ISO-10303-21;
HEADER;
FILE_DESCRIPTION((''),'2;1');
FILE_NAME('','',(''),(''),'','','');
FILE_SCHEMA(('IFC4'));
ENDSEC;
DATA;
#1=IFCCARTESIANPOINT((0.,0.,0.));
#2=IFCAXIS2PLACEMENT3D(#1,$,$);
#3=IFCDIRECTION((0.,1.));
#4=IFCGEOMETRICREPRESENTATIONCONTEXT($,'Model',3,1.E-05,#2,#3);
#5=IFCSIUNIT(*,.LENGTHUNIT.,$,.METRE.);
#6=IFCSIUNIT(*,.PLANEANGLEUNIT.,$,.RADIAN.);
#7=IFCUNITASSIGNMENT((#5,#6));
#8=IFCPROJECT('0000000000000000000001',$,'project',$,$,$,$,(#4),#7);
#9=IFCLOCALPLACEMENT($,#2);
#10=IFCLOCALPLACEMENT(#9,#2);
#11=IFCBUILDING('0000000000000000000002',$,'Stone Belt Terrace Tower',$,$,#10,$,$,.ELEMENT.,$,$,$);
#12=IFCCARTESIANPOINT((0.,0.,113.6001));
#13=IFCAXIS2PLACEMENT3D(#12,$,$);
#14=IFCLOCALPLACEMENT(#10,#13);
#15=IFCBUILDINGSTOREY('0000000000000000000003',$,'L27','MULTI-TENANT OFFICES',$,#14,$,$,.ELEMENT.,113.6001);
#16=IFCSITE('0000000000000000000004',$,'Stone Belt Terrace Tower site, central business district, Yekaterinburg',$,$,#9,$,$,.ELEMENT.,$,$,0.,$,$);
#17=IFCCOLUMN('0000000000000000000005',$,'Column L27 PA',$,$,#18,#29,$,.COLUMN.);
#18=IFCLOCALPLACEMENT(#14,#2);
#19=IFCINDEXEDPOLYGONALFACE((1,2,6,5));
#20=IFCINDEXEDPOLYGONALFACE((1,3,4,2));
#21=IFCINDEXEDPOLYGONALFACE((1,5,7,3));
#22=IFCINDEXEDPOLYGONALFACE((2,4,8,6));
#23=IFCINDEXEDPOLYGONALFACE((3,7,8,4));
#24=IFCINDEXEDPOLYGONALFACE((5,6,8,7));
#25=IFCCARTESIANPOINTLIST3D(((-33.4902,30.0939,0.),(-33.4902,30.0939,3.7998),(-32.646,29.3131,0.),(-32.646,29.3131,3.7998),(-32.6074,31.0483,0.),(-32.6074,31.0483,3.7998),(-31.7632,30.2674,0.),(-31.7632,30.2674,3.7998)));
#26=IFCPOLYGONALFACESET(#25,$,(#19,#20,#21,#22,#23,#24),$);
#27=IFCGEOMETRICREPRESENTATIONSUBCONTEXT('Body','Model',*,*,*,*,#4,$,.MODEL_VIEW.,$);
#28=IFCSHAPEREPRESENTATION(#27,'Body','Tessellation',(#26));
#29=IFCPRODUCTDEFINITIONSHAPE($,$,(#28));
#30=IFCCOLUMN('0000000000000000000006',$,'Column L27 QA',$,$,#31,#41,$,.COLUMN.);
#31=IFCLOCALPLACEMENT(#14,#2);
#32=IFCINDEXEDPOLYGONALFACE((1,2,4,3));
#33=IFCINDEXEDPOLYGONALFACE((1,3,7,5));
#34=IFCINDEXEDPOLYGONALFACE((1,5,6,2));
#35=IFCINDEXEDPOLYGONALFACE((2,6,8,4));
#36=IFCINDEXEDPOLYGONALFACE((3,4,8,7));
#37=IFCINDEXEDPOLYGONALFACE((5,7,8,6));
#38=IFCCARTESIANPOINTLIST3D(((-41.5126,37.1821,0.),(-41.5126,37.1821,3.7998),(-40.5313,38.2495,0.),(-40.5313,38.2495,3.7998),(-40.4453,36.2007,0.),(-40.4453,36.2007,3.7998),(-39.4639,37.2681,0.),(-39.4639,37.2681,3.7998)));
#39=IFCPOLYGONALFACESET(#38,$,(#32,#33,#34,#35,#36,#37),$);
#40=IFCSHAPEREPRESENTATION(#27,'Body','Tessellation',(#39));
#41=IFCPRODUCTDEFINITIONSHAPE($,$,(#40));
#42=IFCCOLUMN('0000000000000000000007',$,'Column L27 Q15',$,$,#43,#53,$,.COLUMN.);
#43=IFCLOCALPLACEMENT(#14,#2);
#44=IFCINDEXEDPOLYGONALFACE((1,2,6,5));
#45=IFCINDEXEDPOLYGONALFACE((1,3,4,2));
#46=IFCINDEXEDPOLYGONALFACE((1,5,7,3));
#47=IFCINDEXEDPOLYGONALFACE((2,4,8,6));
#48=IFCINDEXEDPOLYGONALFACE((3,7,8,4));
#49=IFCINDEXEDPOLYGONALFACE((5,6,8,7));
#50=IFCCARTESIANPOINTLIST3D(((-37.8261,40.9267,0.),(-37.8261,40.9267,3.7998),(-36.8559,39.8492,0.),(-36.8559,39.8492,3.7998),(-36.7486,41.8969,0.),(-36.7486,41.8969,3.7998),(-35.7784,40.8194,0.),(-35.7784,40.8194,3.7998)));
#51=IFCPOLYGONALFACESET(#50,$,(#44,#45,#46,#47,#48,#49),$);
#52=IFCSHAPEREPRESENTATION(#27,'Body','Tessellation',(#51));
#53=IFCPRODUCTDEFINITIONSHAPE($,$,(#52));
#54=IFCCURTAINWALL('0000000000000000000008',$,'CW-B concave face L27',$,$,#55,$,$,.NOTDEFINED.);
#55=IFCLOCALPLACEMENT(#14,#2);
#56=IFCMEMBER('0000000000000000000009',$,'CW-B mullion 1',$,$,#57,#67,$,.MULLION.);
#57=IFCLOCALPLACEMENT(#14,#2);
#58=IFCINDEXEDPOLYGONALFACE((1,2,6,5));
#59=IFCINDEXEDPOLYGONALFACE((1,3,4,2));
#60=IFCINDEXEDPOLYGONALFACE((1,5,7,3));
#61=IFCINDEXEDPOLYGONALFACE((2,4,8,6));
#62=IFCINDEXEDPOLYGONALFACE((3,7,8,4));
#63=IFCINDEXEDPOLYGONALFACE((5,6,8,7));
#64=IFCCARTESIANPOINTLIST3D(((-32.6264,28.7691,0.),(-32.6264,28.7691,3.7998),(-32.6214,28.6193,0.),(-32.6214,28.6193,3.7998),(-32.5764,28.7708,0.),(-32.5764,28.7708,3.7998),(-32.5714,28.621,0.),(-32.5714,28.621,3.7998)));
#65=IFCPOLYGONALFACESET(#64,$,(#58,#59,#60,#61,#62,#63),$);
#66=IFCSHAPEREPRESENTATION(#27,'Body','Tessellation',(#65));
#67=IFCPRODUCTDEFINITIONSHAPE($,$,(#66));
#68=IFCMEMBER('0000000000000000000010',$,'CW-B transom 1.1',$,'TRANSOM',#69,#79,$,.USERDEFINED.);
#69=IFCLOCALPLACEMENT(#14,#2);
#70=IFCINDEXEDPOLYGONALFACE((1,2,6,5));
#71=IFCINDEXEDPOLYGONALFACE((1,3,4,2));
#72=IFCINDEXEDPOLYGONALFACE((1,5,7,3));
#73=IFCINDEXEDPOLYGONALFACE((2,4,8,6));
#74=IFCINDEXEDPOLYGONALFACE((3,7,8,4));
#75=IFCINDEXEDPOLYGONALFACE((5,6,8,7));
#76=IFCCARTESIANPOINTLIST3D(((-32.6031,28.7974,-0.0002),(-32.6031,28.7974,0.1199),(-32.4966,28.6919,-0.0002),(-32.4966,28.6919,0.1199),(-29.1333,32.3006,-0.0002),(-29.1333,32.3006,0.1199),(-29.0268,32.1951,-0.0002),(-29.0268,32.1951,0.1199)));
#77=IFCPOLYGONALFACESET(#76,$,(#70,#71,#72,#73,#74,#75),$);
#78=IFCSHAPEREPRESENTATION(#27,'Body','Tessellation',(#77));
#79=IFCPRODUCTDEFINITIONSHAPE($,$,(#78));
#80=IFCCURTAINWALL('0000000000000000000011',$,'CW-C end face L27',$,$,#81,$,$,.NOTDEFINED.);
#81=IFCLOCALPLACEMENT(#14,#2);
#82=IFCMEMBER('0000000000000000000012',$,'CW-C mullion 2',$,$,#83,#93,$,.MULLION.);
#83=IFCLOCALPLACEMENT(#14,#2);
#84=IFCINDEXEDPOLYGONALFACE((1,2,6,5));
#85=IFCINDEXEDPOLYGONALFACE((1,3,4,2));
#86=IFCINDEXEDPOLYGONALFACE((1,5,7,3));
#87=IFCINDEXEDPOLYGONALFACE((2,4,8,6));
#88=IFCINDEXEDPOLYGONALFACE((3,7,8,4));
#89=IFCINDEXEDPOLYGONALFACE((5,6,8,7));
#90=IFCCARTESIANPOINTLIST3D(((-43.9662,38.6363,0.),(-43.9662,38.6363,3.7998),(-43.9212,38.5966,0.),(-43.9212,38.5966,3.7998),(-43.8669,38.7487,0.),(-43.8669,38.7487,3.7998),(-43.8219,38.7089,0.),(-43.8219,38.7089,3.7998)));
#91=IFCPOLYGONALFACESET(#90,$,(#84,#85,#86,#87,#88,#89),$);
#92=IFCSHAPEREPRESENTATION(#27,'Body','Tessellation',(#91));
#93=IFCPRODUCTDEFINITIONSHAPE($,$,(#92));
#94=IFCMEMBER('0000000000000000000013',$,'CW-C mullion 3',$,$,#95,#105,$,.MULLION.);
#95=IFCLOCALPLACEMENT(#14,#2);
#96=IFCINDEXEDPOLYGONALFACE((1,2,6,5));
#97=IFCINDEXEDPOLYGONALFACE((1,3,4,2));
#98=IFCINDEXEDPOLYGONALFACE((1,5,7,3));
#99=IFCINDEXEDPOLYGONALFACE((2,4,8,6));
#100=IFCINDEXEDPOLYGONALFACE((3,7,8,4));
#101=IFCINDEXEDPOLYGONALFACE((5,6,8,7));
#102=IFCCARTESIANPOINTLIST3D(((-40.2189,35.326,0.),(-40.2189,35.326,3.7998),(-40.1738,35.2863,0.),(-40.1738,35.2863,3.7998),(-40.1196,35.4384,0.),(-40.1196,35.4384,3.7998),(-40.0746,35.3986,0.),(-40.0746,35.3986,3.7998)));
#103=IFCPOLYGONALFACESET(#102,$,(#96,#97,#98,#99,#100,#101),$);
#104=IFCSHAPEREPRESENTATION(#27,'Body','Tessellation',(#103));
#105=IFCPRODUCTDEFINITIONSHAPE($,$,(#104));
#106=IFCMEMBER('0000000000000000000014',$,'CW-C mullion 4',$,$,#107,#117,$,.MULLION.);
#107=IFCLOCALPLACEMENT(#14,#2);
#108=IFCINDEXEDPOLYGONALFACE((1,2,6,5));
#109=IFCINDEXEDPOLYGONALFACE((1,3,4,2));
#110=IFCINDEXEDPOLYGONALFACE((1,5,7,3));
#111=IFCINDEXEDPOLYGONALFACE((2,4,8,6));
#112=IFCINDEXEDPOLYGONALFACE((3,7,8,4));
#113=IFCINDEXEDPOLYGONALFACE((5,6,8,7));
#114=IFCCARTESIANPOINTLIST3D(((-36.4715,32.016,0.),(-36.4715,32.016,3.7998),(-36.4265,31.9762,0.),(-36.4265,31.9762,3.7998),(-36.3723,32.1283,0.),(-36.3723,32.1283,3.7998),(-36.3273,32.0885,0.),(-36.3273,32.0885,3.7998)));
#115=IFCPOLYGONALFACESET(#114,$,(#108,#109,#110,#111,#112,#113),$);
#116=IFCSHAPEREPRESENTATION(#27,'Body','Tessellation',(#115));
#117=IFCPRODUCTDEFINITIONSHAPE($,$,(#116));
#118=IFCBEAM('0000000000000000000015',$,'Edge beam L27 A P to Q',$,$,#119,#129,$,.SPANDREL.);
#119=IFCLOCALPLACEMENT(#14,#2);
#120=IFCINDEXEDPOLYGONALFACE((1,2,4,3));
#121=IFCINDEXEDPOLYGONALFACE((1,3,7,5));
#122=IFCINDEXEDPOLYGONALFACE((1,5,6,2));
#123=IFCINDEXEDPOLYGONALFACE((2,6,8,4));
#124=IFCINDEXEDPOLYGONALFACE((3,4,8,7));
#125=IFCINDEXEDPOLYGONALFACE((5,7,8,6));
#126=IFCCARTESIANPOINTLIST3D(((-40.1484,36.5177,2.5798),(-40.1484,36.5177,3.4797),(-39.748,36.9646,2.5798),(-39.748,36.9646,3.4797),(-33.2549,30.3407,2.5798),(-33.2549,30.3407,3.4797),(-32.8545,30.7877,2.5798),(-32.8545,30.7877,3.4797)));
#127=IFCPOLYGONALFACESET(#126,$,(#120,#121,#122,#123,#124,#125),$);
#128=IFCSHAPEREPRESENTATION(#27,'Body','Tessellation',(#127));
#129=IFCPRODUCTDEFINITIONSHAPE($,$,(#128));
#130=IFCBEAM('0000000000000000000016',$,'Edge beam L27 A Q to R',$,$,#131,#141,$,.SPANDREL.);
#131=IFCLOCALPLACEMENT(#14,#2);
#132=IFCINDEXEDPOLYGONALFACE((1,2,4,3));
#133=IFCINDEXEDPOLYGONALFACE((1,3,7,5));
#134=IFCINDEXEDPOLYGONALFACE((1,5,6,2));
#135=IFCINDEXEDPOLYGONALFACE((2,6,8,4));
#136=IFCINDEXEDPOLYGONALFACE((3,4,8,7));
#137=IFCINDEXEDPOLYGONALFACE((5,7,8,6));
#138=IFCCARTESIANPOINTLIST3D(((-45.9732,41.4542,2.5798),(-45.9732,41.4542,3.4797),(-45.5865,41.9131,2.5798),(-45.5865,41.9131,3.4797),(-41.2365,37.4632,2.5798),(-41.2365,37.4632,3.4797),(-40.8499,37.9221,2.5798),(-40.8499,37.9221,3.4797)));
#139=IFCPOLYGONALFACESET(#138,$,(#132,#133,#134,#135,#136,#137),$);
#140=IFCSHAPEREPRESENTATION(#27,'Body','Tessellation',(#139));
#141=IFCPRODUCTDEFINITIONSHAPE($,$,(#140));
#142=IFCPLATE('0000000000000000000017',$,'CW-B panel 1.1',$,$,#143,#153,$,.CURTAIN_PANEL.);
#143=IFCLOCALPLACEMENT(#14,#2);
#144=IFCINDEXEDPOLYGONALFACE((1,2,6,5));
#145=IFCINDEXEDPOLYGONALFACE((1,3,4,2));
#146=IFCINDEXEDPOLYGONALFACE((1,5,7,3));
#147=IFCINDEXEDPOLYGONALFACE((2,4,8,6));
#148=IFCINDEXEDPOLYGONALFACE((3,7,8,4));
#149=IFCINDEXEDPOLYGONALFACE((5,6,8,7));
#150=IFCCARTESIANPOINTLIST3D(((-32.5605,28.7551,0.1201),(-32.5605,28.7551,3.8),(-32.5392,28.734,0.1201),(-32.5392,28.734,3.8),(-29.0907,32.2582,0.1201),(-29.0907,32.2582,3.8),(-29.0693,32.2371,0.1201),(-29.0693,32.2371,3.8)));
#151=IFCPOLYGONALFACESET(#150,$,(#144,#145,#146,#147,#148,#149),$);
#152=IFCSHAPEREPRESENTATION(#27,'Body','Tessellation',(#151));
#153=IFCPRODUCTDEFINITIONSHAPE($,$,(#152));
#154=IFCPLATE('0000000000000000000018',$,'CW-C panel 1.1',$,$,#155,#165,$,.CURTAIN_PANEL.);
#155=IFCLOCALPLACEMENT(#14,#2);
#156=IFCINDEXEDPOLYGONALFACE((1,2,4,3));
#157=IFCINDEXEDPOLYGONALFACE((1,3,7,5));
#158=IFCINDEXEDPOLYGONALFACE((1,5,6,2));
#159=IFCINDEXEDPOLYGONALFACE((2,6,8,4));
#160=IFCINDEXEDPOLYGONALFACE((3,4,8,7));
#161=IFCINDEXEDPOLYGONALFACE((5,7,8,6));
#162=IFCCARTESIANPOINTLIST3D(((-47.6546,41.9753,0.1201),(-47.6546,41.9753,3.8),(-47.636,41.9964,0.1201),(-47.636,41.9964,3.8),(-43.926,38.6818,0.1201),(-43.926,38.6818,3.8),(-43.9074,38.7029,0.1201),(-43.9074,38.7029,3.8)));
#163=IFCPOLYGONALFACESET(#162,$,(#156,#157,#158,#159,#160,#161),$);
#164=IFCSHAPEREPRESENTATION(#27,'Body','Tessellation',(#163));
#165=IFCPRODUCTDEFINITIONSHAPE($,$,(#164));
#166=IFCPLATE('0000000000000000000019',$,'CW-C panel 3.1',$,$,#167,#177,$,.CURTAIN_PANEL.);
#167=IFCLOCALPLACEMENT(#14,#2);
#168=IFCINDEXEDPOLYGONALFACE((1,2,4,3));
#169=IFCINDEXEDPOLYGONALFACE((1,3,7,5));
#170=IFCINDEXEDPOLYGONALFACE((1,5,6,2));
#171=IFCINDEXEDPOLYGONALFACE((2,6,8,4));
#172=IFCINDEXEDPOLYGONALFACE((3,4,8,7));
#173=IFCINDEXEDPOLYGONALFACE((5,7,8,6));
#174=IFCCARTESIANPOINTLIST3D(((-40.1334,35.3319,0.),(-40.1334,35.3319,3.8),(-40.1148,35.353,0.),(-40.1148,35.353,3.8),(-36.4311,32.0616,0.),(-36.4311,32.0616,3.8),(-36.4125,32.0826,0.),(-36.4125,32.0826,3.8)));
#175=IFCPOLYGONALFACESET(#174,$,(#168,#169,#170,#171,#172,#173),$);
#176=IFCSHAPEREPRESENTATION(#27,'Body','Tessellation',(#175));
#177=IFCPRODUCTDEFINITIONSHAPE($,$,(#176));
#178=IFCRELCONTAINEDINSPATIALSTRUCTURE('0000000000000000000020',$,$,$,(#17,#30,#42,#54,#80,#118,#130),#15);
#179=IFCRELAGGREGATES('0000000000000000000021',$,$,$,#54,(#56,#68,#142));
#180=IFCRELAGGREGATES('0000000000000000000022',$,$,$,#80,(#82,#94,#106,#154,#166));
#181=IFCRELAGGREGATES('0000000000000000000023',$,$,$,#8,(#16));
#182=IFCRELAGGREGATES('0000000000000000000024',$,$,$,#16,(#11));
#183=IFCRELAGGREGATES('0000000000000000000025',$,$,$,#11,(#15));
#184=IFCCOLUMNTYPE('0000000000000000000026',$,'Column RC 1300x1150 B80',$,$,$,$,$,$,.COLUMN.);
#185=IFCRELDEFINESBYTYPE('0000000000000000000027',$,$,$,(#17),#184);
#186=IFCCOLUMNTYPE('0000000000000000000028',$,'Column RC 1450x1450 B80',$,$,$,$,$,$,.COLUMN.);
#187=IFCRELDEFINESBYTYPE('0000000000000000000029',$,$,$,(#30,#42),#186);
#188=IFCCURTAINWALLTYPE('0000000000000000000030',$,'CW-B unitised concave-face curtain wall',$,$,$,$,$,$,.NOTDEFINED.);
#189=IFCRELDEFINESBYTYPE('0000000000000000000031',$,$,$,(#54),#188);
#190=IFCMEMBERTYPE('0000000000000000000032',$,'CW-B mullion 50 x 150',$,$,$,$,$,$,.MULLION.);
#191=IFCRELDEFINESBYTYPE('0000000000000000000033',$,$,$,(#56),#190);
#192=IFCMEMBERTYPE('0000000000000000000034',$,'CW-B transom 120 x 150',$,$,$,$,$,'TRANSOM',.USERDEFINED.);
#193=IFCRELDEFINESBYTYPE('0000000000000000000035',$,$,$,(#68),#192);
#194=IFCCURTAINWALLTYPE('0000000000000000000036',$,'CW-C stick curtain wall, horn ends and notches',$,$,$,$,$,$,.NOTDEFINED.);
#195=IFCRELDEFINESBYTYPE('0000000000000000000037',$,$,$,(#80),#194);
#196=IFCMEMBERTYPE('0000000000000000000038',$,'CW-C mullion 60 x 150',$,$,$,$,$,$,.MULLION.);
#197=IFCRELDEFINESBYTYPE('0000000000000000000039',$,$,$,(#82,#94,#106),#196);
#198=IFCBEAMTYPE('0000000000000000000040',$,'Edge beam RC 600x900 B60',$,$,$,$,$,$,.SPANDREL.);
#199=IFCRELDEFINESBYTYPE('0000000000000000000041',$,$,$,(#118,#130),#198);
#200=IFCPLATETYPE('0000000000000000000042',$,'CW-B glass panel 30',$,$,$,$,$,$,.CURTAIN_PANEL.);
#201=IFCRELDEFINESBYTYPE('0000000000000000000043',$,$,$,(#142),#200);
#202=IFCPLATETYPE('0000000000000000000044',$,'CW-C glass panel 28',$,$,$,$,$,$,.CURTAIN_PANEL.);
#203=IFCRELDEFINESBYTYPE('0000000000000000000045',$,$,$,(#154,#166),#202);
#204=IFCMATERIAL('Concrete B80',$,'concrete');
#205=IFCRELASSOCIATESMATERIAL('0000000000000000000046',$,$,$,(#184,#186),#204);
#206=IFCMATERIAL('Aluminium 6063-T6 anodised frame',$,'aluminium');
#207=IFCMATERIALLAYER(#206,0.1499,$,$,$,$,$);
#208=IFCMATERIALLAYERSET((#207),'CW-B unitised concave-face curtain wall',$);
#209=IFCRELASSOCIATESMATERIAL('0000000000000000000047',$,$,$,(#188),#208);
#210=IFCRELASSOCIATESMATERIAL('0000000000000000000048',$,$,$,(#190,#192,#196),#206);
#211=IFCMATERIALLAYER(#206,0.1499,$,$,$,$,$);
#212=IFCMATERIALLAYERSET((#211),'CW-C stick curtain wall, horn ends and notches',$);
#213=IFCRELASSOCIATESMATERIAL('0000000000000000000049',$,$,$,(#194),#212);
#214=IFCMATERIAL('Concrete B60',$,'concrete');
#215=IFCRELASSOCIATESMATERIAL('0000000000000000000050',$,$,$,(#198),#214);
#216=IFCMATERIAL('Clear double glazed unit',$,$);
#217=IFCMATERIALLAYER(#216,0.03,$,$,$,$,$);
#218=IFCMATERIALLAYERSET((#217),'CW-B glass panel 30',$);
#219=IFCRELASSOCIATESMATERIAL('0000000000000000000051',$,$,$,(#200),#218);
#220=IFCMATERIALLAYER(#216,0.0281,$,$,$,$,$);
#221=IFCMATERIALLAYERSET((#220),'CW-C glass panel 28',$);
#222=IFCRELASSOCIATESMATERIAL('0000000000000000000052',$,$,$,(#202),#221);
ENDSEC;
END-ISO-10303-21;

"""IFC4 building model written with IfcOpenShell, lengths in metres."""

from ifc_helpers import new_model, si_unit, direction, frame, origin, origin_2d, place, context, subcontext, project, spatial, rectangle, extrude, material, layer, layer_set, material_profile, profile_set, type_object, element, aggregate, save


model = new_model("IFC4")

# Units and contexts
model_context = context("Model", 3, precision=1e-05, world=origin(), true_north=direction((0.0, 1.0)))
body_context = subcontext(model_context, "Body", "Model", "MODEL_VIEW")
ifc_project = project(units=[si_unit("LENGTHUNIT", "METRE"), si_unit("PLANEANGLEUNIT", "RADIAN")], contexts=[model_context])

# Site, building, storey
site_placement = place(None, origin())
site = spatial("IfcSite", under=ifc_project, at=site_placement, Name="Stone Belt Terrace Tower site, central business district, Yekaterinburg", CompositionType="ELEMENT", RefElevation=0.0)
building_placement = place(site_placement, origin())
building = spatial("IfcBuilding", under=site, at=building_placement, Name="Stone Belt Terrace Tower", CompositionType="ELEMENT")
storey_placement = place(building_placement, frame((0.0, 0.0, 113.6001)))
storey = spatial("IfcBuildingStorey", under=building, at=storey_placement, Name="L27", Description="MULTI-TENANT OFFICES", CompositionType="ELEMENT", Elevation=113.6001)

# Columns
ifc_material_1 = material(Name="Concrete B80", Category="concrete")
ifc_material_profile_1 = material_profile(ifc_material_1, rectangle(XDim=1.3, YDim=1.1499, at=origin_2d()), Name="RC 1300x1150")
ifc_profile_set_1 = profile_set([ifc_material_profile_1], Name="Concrete B80")
column_type_1 = type_object("IfcColumnType", Name="Column RC 1300x1150 B80", PredefinedType="COLUMN", material=ifc_profile_set_1)
column_placement = place(storey_placement, frame((-32.6267, 30.1807, 0.0), z_axis=(0.0, 0.0, 1.0), x_axis=(0.679054, 0.734088, 0.0)))
element("IfcColumn", 1, at=column_placement, inside=storey, type_object=column_type_1, Name="Column L27 PA", PredefinedType="COLUMN", context=body_context, shape_type="SweptSolid", body=[
    extrude(rectangle(XDim=1.3, YDim=1.1499, at=origin_2d()), origin(), (0.0, 0.0, 1.0), 3.7998),
])
ifc_material_profile_2 = material_profile(ifc_material_1, rectangle(XDim=1.45, YDim=1.45, at=origin_2d()), Name="RC 1450x1450")
ifc_profile_set_2 = profile_set([ifc_material_profile_2], Name="Concrete B80")
column_type_2 = type_object("IfcColumnType", Name="Column RC 1450x1450 B80", PredefinedType="COLUMN", material=ifc_profile_set_2)
for number, where, z_axis, x_axis, name in (
    (2, (-40.4883, 37.2251, 0.0), (0.0, 0.0, 1.0), (0.676819, 0.736149, 0.0), "Column L27 QA"),
    (3, (-36.8022, 40.873, 0.0), (0.0, 0.0, 1.0), (0.743145, 0.669131, 0.0), "Column L27 Q15"),
):
    element("IfcColumn", number, at=place(storey_placement, frame(where, z_axis=z_axis, x_axis=x_axis)), inside=storey, type_object=column_type_2, Name=name, PredefinedType="COLUMN", context=body_context, shape_type="SweptSolid", body=[
        extrude(rectangle(XDim=1.45, YDim=1.45, at=origin_2d()), origin(), (0.0, 0.0, 1.0), 3.7998),
    ])

# Curtain walls, members
ifc_material_2 = material(Name="Aluminium 6063-T6 anodised frame", Category="aluminium")
ifc_layer_1 = layer(ifc_material_2, 0.1499)
ifc_layer_set_1 = layer_set([ifc_layer_1], Name="CW-B unitised concave-face curtain wall")
curtain_wall_type_1 = type_object("IfcCurtainWallType", Name="CW-B unitised concave-face curtain wall", PredefinedType="NOTDEFINED", material=ifc_layer_set_1)
curtain_wall_1_placement = place(storey_placement, origin())
curtain_wall_1 = element("IfcCurtainWall", 4, at=curtain_wall_1_placement, inside=storey, type_object=curtain_wall_type_1, Name="CW-B concave face L27", PredefinedType="NOTDEFINED")
ifc_material_profile_3 = material_profile(ifc_material_2, rectangle(XDim=0.1499, YDim=0.05, at=origin_2d()), Name="Aluminium 6063-T6 50x150")
ifc_profile_set_3 = profile_set([ifc_material_profile_3], Name="Aluminium 6063-T6 anodised frame")
member_type_1 = type_object("IfcMemberType", Name="CW-B mullion 50 x 150", PredefinedType="MULLION", material=ifc_profile_set_3)
member_1_placement = place(storey_placement, frame((-32.5989, 28.6951, 0.0), z_axis=(0.0, 0.0, 1.0), x_axis=(-0.03331, 0.999445, 0.0)))
member_1 = element("IfcMember", 5, at=member_1_placement, type_object=member_type_1, Name="CW-B mullion 1", PredefinedType="MULLION", context=body_context, shape_type="SweptSolid", body=[
    extrude(rectangle(XDim=0.1499, YDim=0.05, at=origin_2d()), origin(), (0.0, 0.0, 1.0), 3.7998),
])
ifc_material_profile_4 = material_profile(ifc_material_2, rectangle(XDim=0.1499, YDim=0.1201, at=origin_2d()), Name="Aluminium 6063-T6 150x120")
ifc_profile_set_4 = profile_set([ifc_material_profile_4], Name="Aluminium 6063-T6 anodised frame")
member_type_2 = type_object("IfcMemberType", Name="CW-B transom 120 x 150", ElementType="TRANSOM", PredefinedType="USERDEFINED", material=ifc_profile_set_4)
member_2_placement = place(storey_placement, frame((-32.5498, 28.7446, 0.0598), z_axis=(0.703707, 0.71049, 0.0), x_axis=(-0.71049, 0.703707, 0.0)))
member_2 = element("IfcMember", 6, at=member_2_placement, type_object=member_type_2, Name="CW-B transom 1.1", ObjectType="TRANSOM", PredefinedType="USERDEFINED", context=body_context, shape_type="SweptSolid", body=[
    extrude(rectangle(XDim=0.1499, YDim=0.1201, at=origin_2d()), origin(), (0.0, 0.0, 1.0), 4.9307),
])
ifc_layer_2 = layer(ifc_material_2, 0.1499)
ifc_layer_set_2 = layer_set([ifc_layer_2], Name="CW-C stick curtain wall, horn ends and notches")
curtain_wall_type_2 = type_object("IfcCurtainWallType", Name="CW-C stick curtain wall, horn ends and notches", PredefinedType="NOTDEFINED", material=ifc_layer_set_2)
curtain_wall_2_placement = place(storey_placement, origin())
curtain_wall_2 = element("IfcCurtainWall", 7, at=curtain_wall_2_placement, inside=storey, type_object=curtain_wall_type_2, Name="CW-C end face L27", PredefinedType="NOTDEFINED")
ifc_material_profile_5 = material_profile(ifc_material_2, rectangle(XDim=0.1499, YDim=0.0601, at=origin_2d()), Name="Aluminium 6063-T6 60x150")
ifc_profile_set_5 = profile_set([ifc_material_profile_5], Name="Aluminium 6063-T6 anodised frame")
member_type_3 = type_object("IfcMemberType", Name="CW-C mullion 60 x 150", PredefinedType="MULLION", material=ifc_profile_set_5)
member_3_placement = place(storey_placement, frame((-43.894, 38.6726, 0.0), z_axis=(0.0, 0.0, 1.0), x_axis=(0.66203, 0.749478, 0.0)))
member_3 = element("IfcMember", 8, at=member_3_placement, type_object=member_type_3, Name="CW-C mullion 2", PredefinedType="MULLION", context=body_context, shape_type="SweptSolid", body=[
    extrude(rectangle(XDim=0.1499, YDim=0.0601, at=origin_2d()), origin(), (0.0, 0.0, 1.0), 3.7998),
])
member_4_placement = place(storey_placement, frame((-40.1467, 35.3623, 0.0), z_axis=(0.0, 0.0, 1.0), x_axis=(0.66203, 0.749478, 0.0)))
member_4 = element("IfcMember", 9, at=member_4_placement, type_object=member_type_3, Name="CW-C mullion 3", PredefinedType="MULLION", context=body_context, shape_type="SweptSolid", body=[
    extrude(rectangle(XDim=0.1499, YDim=0.0601, at=origin_2d()), origin(), (0.0, 0.0, 1.0), 3.7998),
])
member_5_placement = place(storey_placement, frame((-36.3994, 32.0522, 0.0), z_axis=(0.0, 0.0, 1.0), x_axis=(0.66203, 0.749478, 0.0)))
member_5 = element("IfcMember", 10, at=member_5_placement, type_object=member_type_3, Name="CW-C mullion 4", PredefinedType="MULLION", context=body_context, shape_type="SweptSolid", body=[
    extrude(rectangle(XDim=0.1499, YDim=0.0601, at=origin_2d()), origin(), (0.0, 0.0, 1.0), 3.7998),
])

# Beams
ifc_material_3 = material(Name="Concrete B60", Category="concrete")
ifc_material_profile_6 = material_profile(ifc_material_3, rectangle(XDim=0.6001, YDim=0.8999, at=origin_2d()), Name="RC 600x900")
ifc_profile_set_6 = profile_set([ifc_material_profile_6], Name="Concrete B60")
beam_type = type_object("IfcBeamType", Name="Edge beam RC 600x900 B60", PredefinedType="SPANDREL", material=ifc_profile_set_6)
beam_1_placement = place(storey_placement, frame((-33.0547, 30.5642, 3.0298), z_axis=(-0.744753, 0.66734, 0.0), x_axis=(-0.66734, -0.744753, 0.0)))
element("IfcBeam", 11, at=beam_1_placement, inside=storey, type_object=beam_type, Name="Edge beam L27 A P to Q", PredefinedType="SPANDREL", context=body_context, shape_type="SweptSolid", body=[
    extrude(rectangle(XDim=0.6001, YDim=0.8999, at=origin_2d()), origin(), (0.0, 0.0, 1.0), 9.2561),
])
beam_2_placement = place(storey_placement, frame((-41.0432, 37.6926, 3.0298), z_axis=(-0.76473, 0.644351, 0.0), x_axis=(-0.644351, -0.76473, 0.0)))
element("IfcBeam", 12, at=beam_2_placement, inside=storey, type_object=beam_type, Name="Edge beam L27 A Q to R", PredefinedType="SPANDREL", context=body_context, shape_type="SweptSolid", body=[
    extrude(rectangle(XDim=0.6001, YDim=0.8999, at=origin_2d()), origin(), (0.0, 0.0, 1.0), 6.1938),
])

# Plates
ifc_material_4 = material(Name="Clear double glazed unit")
ifc_layer_3 = layer(ifc_material_4, 0.03)
ifc_layer_set_3 = layer_set([ifc_layer_3], Name="CW-B glass panel 30")
plate_type_1 = type_object("IfcPlateType", Name="CW-B glass panel 30", PredefinedType="CURTAIN_PANEL", material=ifc_layer_set_3)
plate_1_placement = place(storey_placement, frame((-30.8149, 30.4961, 0.1201), z_axis=(0.0, 0.0, 1.0), x_axis=(0.703735, 0.710463, 0.0)))
plate_1 = element("IfcPlate", 13, at=plate_1_placement, type_object=plate_type_1, Name="CW-B panel 1.1", PredefinedType="CURTAIN_PANEL", context=body_context, shape_type="SweptSolid", body=[
    extrude(rectangle(XDim=4.9307, YDim=0.03, at=origin_2d()), origin(), (0.0, 0.0, 1.0), 3.6799),
])
aggregate(curtain_wall_1, [member_1, member_2, plate_1])
ifc_layer_4 = layer(ifc_material_4, 0.0281)
ifc_layer_set_4 = layer_set([ifc_layer_4], Name="CW-C glass panel 28")
plate_type_2 = type_object("IfcPlateType", Name="CW-C glass panel 28", PredefinedType="CURTAIN_PANEL", material=ifc_layer_set_4)
plate_2_placement = place(storey_placement, frame((-45.781, 40.3391, 0.1201), z_axis=(0.0, 0.0, 1.0), x_axis=(0.749478, -0.66203, 0.0)))
plate_2 = element("IfcPlate", 14, at=plate_2_placement, type_object=plate_type_2, Name="CW-C panel 1.1", PredefinedType="CURTAIN_PANEL", context=body_context, shape_type="SweptSolid", body=[
    extrude(rectangle(XDim=4.9749, YDim=0.0281, at=origin_2d()), origin(), (0.0, 0.0, 1.0), 3.6799),
])
plate_3_placement = place(storey_placement, frame((-38.2729, 33.7073, 0.0), z_axis=(0.0, 0.0, 1.0), x_axis=(0.749478, -0.66203, 0.0)))
plate_3 = element("IfcPlate", 15, at=plate_3_placement, type_object=plate_type_2, Name="CW-C panel 3.1", PredefinedType="CURTAIN_PANEL", context=body_context, shape_type="SweptSolid", body=[
    extrude(rectangle(XDim=4.9399, YDim=0.0281, at=origin_2d()), origin(), (0.0, 0.0, 1.0), 3.8),
])
aggregate(curtain_wall_2, [member_3, member_4, member_5, plate_2, plate_3])

save(model, "model.ifc")
